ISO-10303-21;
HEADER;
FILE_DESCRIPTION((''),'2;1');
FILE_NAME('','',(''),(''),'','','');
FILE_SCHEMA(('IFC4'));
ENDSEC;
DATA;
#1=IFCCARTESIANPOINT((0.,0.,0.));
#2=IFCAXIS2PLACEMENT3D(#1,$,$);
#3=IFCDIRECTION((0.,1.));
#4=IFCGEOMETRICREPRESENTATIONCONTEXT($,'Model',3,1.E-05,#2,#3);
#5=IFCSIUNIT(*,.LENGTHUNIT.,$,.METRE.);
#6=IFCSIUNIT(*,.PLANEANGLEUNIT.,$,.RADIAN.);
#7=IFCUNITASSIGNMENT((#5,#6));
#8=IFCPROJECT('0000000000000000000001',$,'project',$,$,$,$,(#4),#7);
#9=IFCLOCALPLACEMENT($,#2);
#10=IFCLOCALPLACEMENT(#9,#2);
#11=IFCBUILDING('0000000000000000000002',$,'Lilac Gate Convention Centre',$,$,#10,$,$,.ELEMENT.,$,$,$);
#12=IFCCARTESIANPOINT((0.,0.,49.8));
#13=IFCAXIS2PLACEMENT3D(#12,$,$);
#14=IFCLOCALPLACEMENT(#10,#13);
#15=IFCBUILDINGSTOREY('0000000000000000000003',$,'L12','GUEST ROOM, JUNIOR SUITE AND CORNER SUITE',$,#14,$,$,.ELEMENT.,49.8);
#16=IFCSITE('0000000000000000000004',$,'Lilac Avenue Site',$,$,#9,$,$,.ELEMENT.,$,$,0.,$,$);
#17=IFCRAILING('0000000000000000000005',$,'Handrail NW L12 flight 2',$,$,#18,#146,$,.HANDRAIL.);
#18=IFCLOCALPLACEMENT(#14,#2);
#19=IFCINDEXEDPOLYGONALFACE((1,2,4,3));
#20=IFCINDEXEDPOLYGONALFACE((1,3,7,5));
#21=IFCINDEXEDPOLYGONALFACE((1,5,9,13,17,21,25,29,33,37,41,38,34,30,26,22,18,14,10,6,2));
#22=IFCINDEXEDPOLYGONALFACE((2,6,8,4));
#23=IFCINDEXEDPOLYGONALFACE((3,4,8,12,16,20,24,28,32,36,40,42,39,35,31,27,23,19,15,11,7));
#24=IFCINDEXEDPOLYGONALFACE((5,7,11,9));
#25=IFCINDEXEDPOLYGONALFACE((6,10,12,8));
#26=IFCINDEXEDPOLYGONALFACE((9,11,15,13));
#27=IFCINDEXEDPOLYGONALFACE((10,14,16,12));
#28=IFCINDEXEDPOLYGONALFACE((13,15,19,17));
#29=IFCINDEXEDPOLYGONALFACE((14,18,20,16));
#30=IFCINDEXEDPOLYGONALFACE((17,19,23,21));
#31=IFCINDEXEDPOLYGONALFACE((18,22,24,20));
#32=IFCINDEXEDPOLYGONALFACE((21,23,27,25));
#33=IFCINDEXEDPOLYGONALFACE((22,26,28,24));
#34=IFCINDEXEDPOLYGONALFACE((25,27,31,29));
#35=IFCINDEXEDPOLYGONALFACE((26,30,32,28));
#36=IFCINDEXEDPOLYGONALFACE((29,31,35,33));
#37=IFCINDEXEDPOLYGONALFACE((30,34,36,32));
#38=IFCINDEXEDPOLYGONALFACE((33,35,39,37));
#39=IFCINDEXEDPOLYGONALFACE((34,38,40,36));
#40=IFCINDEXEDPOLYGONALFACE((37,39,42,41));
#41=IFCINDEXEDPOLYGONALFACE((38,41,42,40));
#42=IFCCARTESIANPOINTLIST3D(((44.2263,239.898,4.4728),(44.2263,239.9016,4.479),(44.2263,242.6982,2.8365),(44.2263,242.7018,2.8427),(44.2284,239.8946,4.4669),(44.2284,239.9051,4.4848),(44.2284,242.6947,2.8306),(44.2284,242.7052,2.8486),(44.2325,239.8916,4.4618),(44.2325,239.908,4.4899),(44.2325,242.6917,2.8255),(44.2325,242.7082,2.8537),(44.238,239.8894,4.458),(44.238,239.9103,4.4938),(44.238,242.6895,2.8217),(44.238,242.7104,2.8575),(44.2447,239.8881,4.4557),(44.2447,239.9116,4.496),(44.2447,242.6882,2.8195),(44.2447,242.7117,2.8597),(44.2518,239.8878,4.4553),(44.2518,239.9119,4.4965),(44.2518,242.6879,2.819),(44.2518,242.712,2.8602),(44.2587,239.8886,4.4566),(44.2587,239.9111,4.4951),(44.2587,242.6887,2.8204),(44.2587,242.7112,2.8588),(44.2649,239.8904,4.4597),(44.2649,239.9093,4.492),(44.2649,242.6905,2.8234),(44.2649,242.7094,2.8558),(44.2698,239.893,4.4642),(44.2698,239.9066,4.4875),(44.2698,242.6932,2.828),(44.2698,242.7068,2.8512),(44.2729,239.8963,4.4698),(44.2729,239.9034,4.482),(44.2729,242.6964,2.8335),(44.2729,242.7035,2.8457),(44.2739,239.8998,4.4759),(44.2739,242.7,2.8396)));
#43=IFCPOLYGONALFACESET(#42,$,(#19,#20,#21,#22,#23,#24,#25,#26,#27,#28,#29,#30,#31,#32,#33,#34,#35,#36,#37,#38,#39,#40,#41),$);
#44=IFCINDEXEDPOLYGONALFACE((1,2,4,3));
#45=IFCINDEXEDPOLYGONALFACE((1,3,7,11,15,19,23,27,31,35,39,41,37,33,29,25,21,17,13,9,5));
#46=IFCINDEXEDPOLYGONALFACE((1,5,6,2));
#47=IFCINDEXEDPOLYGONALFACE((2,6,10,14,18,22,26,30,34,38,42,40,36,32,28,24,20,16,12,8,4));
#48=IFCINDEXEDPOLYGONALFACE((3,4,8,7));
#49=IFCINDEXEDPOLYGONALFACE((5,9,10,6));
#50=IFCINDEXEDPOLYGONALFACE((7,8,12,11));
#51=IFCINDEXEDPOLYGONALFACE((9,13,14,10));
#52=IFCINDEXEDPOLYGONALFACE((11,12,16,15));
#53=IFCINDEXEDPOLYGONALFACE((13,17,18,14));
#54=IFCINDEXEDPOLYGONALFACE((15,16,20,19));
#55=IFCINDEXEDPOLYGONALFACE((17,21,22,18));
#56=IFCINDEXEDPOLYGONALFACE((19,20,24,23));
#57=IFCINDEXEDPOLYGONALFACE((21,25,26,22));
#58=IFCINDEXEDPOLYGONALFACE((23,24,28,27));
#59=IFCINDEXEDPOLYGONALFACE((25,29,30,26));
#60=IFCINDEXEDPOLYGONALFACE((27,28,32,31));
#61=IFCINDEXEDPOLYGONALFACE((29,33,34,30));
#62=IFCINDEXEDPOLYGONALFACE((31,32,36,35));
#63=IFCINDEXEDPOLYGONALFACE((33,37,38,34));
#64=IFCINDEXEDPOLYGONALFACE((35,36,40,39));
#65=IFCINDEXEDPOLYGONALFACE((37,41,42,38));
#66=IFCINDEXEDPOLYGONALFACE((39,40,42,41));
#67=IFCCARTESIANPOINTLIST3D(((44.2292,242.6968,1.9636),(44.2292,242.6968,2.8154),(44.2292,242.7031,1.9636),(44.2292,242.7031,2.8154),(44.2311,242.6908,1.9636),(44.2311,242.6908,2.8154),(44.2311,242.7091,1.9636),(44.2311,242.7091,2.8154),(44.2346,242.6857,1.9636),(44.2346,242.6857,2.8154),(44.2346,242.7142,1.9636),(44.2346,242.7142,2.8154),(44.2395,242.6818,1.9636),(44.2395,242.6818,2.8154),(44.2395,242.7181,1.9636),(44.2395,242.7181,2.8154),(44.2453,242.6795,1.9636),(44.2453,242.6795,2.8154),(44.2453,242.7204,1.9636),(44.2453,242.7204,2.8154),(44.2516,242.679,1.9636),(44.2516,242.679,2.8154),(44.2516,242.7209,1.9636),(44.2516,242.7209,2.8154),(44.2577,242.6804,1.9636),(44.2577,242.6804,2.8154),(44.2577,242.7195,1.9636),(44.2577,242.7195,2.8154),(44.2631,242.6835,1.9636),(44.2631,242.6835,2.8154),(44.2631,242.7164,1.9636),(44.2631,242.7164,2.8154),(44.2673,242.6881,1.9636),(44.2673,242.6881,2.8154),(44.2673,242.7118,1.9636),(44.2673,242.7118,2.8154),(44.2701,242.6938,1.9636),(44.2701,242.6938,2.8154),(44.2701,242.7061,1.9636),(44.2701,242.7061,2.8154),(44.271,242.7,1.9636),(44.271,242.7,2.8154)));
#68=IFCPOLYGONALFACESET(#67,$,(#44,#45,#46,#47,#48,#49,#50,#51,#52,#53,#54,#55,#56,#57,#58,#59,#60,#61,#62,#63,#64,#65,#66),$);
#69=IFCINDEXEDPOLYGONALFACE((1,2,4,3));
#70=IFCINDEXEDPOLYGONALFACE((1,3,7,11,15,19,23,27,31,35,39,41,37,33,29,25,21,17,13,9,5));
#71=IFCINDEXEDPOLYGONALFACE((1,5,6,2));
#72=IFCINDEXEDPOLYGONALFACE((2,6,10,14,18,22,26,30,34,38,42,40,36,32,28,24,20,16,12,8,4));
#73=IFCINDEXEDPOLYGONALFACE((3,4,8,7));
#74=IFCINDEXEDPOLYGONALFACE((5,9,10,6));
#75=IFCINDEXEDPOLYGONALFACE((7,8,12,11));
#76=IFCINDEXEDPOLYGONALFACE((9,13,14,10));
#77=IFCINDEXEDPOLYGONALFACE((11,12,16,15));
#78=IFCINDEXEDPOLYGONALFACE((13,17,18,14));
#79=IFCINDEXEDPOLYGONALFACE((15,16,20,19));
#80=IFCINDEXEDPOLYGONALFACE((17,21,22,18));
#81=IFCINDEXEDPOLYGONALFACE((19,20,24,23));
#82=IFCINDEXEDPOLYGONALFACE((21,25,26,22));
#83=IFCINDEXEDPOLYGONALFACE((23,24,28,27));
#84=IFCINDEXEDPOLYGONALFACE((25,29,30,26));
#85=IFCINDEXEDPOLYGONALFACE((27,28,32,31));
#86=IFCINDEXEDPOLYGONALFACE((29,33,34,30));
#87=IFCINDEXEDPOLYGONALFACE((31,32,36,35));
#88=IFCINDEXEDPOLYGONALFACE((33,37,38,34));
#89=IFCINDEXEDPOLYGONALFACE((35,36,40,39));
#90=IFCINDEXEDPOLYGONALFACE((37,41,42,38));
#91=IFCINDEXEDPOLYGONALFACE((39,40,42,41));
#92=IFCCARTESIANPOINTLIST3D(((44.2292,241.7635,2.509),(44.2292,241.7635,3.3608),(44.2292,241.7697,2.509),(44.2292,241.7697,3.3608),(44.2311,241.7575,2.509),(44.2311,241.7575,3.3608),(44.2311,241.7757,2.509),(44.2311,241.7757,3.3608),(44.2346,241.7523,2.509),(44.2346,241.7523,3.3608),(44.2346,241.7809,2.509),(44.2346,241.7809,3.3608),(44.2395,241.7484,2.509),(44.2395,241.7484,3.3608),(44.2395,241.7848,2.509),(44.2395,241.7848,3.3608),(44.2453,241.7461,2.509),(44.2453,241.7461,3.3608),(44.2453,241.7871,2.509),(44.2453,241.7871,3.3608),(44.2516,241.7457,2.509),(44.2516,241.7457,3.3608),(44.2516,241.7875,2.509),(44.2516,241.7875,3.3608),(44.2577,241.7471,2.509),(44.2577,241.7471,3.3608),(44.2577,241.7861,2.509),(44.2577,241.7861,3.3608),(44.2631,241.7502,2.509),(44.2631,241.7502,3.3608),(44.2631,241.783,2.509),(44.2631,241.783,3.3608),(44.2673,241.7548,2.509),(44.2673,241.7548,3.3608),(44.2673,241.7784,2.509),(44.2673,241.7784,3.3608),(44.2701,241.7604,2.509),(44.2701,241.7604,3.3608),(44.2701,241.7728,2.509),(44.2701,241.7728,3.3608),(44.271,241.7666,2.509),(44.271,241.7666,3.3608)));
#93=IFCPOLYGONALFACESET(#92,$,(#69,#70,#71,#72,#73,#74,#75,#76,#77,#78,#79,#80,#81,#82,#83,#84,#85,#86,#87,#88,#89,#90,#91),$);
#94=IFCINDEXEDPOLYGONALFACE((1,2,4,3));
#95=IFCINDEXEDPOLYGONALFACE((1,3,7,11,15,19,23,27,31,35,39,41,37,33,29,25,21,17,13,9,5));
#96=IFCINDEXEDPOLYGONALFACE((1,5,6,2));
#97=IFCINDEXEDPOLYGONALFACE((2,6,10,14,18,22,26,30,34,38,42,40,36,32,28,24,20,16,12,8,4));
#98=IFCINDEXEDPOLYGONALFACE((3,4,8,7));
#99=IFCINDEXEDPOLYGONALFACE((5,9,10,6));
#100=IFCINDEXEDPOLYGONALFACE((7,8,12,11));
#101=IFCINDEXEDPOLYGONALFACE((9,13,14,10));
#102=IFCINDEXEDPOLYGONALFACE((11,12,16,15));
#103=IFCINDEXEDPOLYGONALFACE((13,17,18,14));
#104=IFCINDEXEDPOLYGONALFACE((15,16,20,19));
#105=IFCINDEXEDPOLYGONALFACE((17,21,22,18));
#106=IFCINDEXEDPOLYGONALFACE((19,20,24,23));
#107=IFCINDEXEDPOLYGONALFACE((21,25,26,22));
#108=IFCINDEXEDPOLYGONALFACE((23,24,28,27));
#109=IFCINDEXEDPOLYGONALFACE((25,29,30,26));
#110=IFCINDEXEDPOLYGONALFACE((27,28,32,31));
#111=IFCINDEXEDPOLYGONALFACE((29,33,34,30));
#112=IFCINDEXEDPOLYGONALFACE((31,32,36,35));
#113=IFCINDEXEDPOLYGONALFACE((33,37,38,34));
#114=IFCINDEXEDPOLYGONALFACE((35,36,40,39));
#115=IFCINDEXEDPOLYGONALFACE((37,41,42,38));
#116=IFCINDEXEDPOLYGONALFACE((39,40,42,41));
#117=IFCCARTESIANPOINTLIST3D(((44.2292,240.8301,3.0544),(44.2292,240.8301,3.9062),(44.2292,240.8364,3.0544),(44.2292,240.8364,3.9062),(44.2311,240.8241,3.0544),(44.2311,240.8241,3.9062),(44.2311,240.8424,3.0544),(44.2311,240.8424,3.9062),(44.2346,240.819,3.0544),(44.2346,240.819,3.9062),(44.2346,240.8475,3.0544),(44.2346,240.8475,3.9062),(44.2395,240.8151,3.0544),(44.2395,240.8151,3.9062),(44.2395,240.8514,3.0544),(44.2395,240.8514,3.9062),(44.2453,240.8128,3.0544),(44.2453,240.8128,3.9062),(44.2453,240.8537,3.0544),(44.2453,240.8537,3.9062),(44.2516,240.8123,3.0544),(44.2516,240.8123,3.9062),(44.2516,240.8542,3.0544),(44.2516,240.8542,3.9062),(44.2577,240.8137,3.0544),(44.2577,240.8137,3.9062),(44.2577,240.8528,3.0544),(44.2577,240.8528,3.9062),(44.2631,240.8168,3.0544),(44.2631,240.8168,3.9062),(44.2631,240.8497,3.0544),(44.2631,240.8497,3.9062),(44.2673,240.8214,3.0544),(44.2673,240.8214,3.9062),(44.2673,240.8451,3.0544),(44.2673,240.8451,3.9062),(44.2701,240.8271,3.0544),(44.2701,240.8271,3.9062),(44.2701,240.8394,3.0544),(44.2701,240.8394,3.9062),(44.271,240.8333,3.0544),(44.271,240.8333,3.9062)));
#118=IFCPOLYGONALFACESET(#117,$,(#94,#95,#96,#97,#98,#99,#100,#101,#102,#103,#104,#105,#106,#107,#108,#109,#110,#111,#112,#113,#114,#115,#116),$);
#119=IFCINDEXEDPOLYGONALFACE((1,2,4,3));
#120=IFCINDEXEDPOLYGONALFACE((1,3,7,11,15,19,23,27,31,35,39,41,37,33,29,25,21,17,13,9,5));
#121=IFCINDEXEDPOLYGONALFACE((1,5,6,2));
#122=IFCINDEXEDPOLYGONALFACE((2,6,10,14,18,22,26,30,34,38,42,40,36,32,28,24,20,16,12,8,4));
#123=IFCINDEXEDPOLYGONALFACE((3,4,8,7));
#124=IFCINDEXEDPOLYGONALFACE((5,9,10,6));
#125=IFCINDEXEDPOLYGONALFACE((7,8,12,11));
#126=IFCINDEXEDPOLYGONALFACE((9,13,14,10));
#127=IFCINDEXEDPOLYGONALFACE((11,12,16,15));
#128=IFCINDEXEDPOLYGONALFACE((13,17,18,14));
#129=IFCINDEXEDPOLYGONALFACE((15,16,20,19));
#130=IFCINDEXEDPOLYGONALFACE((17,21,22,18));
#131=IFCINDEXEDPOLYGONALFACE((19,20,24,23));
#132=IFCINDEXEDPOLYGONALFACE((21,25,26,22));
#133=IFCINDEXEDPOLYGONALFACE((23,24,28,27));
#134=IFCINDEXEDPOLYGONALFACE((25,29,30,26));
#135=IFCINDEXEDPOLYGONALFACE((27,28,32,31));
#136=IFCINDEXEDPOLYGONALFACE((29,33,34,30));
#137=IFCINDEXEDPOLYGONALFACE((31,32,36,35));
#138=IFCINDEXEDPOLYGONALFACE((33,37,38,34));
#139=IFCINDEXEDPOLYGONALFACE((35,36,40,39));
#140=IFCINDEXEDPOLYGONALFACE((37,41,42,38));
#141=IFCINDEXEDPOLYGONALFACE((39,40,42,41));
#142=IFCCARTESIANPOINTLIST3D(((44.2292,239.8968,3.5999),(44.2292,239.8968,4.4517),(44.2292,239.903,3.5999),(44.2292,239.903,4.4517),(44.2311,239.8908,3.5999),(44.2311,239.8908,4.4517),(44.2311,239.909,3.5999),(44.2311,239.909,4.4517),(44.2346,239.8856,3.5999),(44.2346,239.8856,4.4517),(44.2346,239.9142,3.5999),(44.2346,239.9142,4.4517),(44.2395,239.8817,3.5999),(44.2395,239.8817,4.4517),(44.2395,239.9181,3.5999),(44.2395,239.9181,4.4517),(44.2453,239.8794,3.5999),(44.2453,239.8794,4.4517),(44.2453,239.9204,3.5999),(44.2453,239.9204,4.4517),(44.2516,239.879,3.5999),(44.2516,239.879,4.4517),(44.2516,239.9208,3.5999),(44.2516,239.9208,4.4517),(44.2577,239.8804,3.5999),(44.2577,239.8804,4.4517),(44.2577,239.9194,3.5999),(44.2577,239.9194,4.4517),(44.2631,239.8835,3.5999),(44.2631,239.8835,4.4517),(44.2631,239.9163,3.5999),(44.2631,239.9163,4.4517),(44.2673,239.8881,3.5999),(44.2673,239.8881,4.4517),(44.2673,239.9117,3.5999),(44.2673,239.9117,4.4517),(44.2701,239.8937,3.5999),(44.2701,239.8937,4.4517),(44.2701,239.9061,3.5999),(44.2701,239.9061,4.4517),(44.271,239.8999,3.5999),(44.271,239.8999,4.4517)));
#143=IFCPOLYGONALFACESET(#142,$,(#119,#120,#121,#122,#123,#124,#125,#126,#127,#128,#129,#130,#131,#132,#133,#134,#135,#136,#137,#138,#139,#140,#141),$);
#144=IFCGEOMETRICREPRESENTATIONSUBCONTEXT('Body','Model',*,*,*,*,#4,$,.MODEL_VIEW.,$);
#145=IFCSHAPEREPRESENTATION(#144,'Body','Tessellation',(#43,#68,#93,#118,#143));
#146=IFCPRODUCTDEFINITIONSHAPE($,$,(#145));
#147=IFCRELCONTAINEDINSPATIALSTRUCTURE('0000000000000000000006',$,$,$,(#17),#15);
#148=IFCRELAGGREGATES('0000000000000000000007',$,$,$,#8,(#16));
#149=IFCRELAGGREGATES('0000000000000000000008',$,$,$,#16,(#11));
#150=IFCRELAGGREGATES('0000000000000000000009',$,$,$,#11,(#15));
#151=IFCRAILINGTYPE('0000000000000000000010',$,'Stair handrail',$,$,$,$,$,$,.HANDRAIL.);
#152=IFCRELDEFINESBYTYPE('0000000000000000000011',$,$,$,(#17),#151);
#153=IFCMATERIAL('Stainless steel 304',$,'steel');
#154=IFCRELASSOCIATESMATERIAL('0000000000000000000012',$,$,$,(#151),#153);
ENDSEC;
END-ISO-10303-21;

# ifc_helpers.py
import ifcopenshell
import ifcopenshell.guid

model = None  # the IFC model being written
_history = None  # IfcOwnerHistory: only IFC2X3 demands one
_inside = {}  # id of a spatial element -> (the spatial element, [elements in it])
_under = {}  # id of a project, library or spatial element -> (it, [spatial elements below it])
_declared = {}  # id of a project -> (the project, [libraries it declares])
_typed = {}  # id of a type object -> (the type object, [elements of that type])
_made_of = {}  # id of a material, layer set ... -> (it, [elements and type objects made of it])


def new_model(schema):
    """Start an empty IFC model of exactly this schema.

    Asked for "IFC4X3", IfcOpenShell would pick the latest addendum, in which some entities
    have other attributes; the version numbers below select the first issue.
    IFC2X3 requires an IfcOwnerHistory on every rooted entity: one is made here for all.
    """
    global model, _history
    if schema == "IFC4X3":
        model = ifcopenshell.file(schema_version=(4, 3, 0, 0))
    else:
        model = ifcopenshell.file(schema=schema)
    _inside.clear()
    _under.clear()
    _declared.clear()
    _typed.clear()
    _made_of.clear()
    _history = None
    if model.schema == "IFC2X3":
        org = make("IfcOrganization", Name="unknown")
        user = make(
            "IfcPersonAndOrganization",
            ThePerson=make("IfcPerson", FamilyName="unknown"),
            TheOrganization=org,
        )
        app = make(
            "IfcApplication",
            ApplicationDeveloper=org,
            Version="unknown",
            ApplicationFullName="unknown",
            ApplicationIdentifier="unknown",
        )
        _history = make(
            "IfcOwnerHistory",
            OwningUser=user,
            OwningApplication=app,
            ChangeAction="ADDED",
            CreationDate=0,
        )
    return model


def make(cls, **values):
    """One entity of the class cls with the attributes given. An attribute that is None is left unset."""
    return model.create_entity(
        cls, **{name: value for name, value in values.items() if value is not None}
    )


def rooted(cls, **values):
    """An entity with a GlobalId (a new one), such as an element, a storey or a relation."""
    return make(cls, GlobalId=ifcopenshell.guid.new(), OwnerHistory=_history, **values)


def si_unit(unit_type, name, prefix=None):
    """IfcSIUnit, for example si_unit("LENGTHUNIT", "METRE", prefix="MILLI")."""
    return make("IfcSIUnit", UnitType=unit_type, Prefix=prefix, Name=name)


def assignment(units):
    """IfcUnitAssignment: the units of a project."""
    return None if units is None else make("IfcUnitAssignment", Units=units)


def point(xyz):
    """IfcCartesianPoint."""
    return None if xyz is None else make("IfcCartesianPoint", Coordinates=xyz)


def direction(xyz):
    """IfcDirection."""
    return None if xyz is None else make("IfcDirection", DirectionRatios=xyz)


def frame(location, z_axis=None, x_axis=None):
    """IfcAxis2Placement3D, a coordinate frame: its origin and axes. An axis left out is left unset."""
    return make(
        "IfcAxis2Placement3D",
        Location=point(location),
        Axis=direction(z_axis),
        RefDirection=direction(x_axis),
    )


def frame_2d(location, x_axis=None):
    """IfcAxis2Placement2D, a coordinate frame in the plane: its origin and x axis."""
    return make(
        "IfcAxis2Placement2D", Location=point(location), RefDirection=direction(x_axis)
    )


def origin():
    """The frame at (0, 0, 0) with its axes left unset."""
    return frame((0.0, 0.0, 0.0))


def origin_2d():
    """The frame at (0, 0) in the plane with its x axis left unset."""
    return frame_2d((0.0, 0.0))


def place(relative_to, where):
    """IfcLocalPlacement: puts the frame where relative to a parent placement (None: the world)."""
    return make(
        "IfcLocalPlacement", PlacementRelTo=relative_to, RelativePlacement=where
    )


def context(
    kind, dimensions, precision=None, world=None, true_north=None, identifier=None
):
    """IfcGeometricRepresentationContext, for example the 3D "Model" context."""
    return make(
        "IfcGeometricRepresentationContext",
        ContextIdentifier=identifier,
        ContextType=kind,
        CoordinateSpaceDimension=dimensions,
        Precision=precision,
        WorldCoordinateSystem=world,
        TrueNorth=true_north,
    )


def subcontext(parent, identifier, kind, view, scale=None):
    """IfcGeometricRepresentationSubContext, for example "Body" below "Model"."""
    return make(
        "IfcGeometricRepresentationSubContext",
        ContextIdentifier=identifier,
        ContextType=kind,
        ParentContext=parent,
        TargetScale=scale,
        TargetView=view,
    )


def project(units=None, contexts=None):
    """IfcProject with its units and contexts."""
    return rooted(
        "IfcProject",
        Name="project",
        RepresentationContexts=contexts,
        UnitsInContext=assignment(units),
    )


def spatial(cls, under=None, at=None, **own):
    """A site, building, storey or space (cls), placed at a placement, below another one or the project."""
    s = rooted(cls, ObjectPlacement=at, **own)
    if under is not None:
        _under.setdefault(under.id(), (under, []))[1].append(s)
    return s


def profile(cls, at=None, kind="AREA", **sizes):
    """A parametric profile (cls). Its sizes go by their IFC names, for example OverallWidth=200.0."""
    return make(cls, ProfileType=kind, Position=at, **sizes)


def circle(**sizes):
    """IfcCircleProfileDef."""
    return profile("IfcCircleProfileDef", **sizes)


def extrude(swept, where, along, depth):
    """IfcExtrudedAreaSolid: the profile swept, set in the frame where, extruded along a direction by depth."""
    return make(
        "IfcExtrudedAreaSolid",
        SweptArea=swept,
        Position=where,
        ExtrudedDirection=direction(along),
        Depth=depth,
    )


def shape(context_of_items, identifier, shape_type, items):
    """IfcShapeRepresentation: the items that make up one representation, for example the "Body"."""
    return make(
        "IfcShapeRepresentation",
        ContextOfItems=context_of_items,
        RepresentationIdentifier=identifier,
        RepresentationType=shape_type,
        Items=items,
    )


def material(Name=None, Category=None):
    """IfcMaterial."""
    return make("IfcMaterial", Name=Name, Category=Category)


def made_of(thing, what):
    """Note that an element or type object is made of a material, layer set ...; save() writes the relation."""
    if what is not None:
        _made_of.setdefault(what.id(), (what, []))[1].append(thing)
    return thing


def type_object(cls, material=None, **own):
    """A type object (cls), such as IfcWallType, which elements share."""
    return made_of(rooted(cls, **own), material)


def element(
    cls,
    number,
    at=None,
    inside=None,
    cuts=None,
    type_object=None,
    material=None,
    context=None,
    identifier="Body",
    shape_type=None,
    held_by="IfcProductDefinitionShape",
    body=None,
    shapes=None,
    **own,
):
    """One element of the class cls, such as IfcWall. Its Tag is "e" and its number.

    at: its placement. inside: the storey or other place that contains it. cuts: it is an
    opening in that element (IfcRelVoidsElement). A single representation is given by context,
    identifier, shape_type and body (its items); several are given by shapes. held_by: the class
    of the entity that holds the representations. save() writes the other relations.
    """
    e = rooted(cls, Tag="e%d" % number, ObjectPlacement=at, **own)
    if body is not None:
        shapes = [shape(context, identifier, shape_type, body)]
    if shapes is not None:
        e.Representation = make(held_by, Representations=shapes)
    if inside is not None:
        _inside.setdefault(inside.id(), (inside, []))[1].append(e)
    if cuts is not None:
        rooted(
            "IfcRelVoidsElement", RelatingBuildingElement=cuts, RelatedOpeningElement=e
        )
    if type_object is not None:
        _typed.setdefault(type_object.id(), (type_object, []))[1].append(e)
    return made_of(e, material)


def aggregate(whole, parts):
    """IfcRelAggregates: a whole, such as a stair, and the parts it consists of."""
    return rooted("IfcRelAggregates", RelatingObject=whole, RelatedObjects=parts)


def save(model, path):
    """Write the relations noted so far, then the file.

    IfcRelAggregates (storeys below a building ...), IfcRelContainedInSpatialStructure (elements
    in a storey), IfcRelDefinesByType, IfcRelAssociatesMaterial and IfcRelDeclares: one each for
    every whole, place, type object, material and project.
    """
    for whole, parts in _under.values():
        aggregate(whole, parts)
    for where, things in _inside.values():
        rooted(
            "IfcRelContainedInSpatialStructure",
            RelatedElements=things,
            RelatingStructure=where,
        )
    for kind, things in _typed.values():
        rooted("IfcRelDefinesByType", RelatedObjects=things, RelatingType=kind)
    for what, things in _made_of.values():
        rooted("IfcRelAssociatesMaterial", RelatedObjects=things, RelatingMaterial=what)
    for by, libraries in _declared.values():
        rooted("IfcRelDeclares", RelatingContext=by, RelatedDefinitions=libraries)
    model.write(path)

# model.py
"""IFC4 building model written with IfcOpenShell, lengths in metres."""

from ifc_helpers import new_model, si_unit, direction, frame, origin, origin_2d, place, context, subcontext, project, spatial, circle, extrude, material, type_object, element, save


model = new_model("IFC4")

# Units and contexts
model_context = context("Model", 3, precision=1e-05, world=origin(), true_north=direction((0.0, 1.0)))
body_context = subcontext(model_context, "Body", "Model", "MODEL_VIEW")
ifc_project = project(units=[si_unit("LENGTHUNIT", "METRE"), si_unit("PLANEANGLEUNIT", "RADIAN")], contexts=[model_context])

# Site, building, storey
site_placement = place(None, origin())
site = spatial("IfcSite", under=ifc_project, at=site_placement, Name="Lilac Avenue Site", CompositionType="ELEMENT", RefElevation=0.0)
building_placement = place(site_placement, origin())
building = spatial("IfcBuilding", under=site, at=building_placement, Name="Lilac Gate Convention Centre", CompositionType="ELEMENT")
storey_placement = place(building_placement, frame((0.0, 0.0, 49.8)))
storey = spatial("IfcBuildingStorey", under=building, at=storey_placement, Name="L12", Description="GUEST ROOM, JUNIOR SUITE AND CORNER SUITE", CompositionType="ELEMENT", Elevation=49.8)

# Railing
ifc_material_1 = material(Name="Stainless steel 304", Category="steel")
railing_type = type_object("IfcRailingType", Name="Stair handrail", PredefinedType="HANDRAIL", material=ifc_material_1)
for number, where, name in (
    (1, (44.25, 242.7, 1.9636), "Handrail NW L12 flight 2"),
):
    element("IfcRailing", number, at=place(storey_placement, frame(where)), inside=storey, type_object=railing_type, Name=name, PredefinedType="HANDRAIL", context=body_context, shape_type="SweptSolid", body=[
        extrude(circle(Radius=0.0239, at=origin_2d()), frame((0.0, 0.0, 0.876), z_axis=(0.0, -0.863394, 0.504531), x_axis=(1.0, 0.0, 0.0)), (0.0, 0.0, 1.0), 3.2432),
        extrude(circle(Radius=0.021, at=origin_2d()), origin(), (0.0, 0.0, 1.0), 0.8518),
        extrude(circle(Radius=0.021, at=origin_2d()), frame((0.0, -0.9333, 0.5454)), (0.0, 0.0, 1.0), 0.8518),
        extrude(circle(Radius=0.021, at=origin_2d()), frame((0.0, -1.8667, 1.0908)), (0.0, 0.0, 1.0), 0.8518),
        extrude(circle(Radius=0.021, at=origin_2d()), frame((0.0, -2.8, 1.6362)), (0.0, 0.0, 1.0), 0.8518),
    ])

save(model, "model.ifc")
